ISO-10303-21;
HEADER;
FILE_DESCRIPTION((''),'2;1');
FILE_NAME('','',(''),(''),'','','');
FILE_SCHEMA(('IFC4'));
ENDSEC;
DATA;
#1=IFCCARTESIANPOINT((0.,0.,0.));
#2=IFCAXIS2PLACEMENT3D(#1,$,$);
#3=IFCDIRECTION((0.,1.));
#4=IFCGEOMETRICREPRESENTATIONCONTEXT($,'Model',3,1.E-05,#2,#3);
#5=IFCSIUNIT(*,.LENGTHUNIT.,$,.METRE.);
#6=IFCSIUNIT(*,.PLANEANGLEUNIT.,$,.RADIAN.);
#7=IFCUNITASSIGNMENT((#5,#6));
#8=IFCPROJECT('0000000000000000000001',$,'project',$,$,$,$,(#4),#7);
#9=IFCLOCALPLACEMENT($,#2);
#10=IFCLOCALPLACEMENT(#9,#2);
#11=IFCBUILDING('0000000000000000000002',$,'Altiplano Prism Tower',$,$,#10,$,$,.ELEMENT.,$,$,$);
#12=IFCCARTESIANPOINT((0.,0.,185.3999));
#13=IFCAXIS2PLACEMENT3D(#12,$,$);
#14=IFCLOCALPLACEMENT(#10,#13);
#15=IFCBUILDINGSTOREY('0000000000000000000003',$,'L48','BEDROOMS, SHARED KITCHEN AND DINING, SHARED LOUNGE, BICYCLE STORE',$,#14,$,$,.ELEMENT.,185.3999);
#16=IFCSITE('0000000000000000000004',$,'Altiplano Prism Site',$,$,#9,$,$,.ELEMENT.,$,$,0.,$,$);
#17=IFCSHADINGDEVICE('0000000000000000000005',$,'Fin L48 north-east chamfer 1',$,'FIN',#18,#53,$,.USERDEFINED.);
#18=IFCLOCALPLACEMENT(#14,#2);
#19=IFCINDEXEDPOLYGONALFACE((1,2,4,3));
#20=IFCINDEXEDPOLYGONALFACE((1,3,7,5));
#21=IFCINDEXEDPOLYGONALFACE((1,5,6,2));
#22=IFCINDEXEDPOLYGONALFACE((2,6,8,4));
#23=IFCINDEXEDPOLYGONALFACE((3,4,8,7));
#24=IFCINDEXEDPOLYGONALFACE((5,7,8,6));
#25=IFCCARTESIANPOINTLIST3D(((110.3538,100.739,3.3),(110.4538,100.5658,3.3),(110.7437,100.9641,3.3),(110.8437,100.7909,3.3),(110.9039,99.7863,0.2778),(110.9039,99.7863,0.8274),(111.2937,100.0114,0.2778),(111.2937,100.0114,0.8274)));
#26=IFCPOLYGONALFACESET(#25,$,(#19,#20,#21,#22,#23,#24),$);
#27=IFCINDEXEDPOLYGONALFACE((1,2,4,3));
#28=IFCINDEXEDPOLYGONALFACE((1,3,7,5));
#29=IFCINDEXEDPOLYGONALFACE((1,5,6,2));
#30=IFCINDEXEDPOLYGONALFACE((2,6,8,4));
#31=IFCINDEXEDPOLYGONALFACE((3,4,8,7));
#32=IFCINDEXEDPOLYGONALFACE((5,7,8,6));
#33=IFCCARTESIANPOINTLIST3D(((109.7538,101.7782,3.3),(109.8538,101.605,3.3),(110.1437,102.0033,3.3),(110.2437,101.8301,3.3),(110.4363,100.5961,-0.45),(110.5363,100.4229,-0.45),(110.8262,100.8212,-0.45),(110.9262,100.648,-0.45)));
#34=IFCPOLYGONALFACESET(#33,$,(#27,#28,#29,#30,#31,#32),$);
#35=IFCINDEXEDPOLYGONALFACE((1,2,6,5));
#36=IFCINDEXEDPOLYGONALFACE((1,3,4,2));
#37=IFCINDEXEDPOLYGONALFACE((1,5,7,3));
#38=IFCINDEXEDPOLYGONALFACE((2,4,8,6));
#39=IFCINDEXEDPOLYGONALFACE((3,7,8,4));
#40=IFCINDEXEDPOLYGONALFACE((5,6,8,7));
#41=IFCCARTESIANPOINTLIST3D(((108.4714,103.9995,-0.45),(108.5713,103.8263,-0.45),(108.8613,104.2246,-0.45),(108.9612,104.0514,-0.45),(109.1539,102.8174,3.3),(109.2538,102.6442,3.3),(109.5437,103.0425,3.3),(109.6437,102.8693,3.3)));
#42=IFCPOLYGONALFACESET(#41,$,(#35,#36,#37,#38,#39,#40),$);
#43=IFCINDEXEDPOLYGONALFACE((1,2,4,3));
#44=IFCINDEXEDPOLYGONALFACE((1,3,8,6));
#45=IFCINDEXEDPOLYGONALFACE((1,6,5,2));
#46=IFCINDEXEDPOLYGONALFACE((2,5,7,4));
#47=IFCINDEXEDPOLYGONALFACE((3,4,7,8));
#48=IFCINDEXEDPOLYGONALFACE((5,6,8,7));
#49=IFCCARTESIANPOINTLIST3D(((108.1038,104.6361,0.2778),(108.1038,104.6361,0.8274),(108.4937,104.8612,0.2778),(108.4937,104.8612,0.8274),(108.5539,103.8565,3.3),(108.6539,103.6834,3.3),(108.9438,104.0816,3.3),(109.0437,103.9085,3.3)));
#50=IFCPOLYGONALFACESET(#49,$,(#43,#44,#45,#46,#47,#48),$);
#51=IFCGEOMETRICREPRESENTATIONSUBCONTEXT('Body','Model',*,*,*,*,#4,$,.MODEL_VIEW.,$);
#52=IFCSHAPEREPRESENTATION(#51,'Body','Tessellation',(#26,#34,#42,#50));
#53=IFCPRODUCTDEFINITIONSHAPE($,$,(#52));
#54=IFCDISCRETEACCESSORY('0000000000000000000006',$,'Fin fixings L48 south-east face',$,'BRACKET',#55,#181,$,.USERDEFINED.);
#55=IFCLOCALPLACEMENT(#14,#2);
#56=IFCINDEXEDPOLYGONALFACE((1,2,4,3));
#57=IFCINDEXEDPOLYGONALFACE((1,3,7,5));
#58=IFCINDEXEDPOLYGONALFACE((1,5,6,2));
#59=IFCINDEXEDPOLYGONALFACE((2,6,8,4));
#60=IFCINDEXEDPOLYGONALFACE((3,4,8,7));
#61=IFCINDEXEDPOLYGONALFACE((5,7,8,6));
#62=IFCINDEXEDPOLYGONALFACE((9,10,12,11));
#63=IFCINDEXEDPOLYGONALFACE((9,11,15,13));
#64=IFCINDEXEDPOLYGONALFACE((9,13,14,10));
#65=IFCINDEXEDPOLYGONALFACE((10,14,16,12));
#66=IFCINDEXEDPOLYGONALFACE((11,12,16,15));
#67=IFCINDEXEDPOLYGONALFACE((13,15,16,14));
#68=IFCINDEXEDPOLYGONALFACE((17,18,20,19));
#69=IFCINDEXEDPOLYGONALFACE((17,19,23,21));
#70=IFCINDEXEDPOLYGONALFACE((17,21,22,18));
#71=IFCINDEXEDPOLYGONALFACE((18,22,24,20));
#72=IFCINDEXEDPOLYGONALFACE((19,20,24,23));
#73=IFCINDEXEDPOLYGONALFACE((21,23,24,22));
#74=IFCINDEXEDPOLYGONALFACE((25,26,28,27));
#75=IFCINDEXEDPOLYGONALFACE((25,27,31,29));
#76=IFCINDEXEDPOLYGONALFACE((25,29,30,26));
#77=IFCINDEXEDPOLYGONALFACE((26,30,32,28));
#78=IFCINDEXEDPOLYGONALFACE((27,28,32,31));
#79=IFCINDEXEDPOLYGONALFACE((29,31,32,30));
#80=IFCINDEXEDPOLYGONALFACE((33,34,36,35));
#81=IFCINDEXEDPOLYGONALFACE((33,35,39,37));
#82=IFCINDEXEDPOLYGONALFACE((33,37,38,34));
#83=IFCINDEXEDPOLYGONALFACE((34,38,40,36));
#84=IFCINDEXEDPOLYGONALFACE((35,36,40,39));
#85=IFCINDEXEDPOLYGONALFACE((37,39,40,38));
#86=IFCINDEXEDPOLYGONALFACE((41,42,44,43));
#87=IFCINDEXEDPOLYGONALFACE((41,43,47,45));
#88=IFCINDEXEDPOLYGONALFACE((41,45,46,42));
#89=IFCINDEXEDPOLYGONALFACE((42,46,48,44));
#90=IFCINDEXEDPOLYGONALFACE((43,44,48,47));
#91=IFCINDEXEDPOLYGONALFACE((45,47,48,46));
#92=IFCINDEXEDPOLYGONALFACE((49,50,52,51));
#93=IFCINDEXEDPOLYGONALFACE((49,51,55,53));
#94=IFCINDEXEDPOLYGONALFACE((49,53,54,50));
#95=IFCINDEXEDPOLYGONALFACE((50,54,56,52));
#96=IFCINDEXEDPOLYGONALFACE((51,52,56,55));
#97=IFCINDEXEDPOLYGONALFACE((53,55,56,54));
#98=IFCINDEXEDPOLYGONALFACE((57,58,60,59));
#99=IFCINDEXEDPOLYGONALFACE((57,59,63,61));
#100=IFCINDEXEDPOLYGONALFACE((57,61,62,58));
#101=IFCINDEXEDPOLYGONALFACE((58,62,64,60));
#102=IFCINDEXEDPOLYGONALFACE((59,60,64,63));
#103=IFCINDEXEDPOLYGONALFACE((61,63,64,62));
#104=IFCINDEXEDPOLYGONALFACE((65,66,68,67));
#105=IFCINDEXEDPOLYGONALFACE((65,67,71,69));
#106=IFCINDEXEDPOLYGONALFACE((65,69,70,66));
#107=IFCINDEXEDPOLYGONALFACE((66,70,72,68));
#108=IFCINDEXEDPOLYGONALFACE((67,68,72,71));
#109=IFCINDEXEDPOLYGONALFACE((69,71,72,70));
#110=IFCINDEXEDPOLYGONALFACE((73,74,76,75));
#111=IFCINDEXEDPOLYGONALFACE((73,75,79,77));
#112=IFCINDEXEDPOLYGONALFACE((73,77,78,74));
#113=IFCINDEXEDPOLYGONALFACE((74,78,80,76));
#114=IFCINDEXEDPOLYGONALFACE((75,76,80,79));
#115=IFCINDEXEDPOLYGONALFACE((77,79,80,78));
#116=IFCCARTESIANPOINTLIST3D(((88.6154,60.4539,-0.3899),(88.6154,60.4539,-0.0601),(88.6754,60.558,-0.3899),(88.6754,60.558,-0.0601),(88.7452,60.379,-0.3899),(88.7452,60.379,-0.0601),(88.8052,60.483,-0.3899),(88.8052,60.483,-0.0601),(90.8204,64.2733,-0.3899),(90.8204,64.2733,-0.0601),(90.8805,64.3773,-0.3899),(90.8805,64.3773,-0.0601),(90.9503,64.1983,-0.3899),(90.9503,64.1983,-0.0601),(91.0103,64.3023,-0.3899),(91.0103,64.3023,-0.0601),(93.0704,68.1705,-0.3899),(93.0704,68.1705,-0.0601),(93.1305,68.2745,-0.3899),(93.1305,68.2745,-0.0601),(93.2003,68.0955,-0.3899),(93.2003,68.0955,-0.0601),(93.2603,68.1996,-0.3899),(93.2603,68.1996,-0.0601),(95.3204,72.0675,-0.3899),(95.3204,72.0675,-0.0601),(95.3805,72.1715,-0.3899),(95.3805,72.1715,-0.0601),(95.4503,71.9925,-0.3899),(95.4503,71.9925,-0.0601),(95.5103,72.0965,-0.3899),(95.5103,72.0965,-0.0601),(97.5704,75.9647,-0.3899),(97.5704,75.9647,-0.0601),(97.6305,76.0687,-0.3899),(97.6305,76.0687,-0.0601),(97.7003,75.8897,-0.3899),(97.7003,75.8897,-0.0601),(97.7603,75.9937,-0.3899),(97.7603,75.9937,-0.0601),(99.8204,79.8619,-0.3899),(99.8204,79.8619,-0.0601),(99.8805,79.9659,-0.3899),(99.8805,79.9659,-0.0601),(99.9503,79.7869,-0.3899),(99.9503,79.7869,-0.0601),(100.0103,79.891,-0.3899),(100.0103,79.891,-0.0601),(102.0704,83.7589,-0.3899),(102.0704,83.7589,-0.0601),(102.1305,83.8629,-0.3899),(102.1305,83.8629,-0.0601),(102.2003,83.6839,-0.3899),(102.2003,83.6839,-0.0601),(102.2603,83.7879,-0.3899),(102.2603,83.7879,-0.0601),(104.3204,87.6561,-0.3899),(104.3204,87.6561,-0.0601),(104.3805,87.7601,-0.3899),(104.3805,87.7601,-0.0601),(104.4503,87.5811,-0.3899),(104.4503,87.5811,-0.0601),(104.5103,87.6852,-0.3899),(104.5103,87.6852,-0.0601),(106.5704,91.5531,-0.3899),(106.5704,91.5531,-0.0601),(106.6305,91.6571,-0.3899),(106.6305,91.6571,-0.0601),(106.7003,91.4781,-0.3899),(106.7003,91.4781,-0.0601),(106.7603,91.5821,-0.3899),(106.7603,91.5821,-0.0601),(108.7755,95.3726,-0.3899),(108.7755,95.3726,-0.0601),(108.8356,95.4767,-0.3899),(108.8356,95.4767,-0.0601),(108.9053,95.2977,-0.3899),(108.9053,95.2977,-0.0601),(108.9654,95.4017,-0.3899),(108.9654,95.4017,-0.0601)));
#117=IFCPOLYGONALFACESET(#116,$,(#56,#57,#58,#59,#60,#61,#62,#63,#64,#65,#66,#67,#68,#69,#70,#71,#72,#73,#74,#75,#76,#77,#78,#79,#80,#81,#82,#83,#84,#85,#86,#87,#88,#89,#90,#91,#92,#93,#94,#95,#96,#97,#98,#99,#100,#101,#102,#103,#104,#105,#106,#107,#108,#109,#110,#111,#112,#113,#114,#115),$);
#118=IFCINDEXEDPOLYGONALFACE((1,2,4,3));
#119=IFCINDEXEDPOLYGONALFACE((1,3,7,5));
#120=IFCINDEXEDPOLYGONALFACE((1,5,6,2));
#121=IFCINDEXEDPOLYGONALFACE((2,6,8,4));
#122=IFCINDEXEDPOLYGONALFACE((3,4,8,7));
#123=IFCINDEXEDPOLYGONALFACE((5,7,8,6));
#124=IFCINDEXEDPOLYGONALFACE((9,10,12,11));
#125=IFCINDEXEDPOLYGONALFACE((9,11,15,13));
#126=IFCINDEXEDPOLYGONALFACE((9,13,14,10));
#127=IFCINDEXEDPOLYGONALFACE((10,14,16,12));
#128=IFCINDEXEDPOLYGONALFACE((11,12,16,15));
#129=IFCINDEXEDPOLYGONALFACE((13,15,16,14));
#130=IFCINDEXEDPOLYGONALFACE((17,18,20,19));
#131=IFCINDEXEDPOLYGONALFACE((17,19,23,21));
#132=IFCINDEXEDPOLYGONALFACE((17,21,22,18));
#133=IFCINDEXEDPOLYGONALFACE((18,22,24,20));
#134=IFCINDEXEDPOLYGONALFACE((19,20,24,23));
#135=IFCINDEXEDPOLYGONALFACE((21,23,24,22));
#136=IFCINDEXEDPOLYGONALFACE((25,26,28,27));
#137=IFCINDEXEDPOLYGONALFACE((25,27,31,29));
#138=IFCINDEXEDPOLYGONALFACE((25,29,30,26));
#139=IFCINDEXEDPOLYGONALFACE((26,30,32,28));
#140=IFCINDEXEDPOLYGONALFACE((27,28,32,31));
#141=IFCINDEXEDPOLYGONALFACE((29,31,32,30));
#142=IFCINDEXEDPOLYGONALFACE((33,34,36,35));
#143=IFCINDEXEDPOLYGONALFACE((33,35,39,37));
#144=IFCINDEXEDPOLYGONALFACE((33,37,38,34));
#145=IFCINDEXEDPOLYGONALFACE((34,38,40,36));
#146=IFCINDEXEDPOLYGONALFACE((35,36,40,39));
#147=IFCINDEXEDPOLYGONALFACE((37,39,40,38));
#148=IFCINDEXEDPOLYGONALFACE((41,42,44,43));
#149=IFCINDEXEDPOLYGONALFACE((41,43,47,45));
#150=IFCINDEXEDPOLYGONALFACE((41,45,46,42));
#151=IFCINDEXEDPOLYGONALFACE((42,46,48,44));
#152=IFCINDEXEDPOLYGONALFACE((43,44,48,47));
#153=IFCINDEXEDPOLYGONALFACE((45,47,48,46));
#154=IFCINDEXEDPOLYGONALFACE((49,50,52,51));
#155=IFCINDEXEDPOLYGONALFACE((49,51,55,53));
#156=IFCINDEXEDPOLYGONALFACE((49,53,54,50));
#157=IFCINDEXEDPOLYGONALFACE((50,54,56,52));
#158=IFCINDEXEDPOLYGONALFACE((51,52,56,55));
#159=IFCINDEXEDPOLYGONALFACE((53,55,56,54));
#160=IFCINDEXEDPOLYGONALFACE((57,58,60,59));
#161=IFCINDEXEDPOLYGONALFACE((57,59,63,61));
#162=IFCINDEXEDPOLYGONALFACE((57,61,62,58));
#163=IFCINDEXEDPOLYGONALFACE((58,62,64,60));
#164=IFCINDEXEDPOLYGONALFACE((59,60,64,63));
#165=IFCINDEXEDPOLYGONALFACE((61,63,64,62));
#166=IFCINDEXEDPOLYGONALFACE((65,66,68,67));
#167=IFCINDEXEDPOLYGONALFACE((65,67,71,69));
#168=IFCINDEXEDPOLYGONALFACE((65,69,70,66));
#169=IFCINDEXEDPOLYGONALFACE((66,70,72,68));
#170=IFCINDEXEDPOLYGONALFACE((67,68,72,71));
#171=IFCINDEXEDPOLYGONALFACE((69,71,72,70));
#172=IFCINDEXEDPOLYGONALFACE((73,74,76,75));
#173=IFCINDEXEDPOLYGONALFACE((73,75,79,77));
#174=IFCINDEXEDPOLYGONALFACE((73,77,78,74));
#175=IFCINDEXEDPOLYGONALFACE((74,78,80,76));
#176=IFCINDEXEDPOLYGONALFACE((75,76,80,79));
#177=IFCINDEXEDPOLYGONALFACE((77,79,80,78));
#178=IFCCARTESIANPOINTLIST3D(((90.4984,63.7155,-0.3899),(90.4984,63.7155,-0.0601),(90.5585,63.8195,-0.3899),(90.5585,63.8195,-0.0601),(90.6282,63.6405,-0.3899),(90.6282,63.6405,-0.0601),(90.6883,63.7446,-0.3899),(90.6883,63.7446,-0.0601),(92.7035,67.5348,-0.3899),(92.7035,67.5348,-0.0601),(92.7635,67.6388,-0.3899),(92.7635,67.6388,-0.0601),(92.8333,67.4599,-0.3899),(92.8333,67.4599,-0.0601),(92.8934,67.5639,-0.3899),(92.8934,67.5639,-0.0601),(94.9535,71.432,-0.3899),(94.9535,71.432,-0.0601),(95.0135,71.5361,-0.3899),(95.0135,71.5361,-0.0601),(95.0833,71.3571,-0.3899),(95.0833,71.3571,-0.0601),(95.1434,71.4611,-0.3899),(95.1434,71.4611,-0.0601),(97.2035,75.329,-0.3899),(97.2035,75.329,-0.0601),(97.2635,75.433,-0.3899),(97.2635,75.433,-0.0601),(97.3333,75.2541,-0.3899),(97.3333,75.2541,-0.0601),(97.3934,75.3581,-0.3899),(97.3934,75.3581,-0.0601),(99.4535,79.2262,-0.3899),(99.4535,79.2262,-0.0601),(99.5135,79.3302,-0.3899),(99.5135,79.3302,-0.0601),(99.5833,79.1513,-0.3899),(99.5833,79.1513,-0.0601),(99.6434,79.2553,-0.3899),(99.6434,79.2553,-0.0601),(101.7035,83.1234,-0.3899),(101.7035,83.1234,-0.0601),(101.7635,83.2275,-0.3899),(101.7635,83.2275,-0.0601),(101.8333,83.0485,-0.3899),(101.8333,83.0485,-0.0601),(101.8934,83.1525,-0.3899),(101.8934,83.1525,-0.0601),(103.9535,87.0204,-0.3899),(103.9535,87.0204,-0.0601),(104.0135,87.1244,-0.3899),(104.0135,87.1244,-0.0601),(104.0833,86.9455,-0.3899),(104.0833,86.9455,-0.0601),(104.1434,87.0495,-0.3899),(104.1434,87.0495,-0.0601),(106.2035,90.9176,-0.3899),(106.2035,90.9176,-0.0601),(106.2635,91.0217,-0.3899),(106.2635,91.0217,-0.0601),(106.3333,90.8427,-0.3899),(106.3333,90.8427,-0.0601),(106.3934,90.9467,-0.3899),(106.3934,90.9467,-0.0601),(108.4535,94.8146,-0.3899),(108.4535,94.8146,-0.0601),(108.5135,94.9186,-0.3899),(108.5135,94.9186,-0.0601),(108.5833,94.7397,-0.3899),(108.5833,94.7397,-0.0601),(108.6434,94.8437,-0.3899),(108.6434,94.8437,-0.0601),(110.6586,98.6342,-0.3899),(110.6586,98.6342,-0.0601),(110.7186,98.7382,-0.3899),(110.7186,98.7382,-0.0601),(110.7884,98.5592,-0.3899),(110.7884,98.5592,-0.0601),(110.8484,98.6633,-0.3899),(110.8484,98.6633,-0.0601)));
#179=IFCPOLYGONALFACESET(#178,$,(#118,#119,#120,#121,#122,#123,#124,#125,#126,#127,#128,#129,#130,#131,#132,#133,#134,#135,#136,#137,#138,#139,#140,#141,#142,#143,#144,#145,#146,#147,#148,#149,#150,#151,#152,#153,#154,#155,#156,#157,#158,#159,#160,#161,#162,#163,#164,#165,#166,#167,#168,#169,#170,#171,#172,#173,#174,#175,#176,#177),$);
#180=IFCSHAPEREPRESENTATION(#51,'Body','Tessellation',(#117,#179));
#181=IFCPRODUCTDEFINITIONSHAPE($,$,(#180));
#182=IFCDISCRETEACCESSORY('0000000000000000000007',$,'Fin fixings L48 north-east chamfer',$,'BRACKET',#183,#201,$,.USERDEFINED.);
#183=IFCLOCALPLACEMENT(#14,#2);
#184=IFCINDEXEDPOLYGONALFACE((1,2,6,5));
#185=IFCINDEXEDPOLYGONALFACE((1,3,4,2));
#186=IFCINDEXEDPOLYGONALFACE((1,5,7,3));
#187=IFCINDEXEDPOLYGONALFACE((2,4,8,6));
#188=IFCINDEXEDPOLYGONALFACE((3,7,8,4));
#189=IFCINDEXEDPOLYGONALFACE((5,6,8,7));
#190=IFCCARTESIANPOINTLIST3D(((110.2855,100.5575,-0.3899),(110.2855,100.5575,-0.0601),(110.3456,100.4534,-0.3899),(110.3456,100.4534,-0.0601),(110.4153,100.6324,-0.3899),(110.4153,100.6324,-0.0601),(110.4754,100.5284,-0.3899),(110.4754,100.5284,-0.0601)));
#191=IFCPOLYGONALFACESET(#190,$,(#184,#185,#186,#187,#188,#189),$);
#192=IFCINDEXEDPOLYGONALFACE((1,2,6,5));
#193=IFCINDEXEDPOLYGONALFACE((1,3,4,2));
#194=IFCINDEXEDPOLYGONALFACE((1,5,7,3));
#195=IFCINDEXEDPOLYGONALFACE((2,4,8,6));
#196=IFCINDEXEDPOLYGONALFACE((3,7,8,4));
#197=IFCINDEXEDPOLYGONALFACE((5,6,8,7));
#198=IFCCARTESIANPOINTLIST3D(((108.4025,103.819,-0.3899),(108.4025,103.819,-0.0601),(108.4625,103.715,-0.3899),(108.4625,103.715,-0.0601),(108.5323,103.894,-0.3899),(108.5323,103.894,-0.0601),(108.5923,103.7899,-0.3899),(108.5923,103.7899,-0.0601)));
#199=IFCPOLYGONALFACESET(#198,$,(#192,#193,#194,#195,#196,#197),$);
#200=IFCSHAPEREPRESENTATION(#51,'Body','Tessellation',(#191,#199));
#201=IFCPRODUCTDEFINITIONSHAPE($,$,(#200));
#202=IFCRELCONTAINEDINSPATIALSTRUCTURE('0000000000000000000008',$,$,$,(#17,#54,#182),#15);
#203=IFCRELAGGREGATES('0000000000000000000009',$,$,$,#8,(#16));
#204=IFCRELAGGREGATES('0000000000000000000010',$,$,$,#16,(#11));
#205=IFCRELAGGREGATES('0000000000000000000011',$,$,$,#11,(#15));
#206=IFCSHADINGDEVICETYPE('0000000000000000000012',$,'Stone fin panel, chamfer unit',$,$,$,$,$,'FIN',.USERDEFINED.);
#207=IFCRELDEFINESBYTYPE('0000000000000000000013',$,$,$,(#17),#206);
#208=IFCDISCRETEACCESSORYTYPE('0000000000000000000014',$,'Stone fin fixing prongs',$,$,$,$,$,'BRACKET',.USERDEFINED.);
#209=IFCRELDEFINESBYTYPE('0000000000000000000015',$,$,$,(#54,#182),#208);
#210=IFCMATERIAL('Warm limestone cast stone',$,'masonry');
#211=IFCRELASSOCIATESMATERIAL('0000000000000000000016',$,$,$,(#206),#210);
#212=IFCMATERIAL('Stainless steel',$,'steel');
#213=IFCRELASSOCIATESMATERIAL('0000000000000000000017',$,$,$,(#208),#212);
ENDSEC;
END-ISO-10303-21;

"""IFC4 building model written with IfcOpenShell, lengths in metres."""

from ifc_helpers import new_model, si_unit, direction, frame, origin, place, context, subcontext, project, spatial, polyline, outline, extrude, source, transform, mapped, material, type_object, element, save


model = new_model("IFC4")

# Units and contexts
model_context = context("Model", 3, precision=1e-05, world=origin(), true_north=direction((0.0, 1.0)))
body_context = subcontext(model_context, "Body", "Model", "MODEL_VIEW")
ifc_project = project(units=[si_unit("LENGTHUNIT", "METRE"), si_unit("PLANEANGLEUNIT", "RADIAN")], contexts=[model_context])

# Site, building, storey
site_placement = place(None, origin())
site = spatial("IfcSite", under=ifc_project, at=site_placement, Name="Altiplano Prism Site", CompositionType="ELEMENT", RefElevation=0.0)
building_placement = place(site_placement, origin())
building = spatial("IfcBuilding", under=site, at=building_placement, Name="Altiplano Prism Tower", CompositionType="ELEMENT")
storey_placement = place(building_placement, frame((0.0, 0.0, 185.3999)))
storey = spatial("IfcBuildingStorey", under=building, at=storey_placement, Name="L48", Description="BEDROOMS, SHARED KITCHEN AND DINING, SHARED LOUNGE, BICYCLE STORE", CompositionType="ELEMENT", Elevation=185.3999)

# Shading device
ifc_material_1 = material(Name="Warm limestone cast stone", Category="masonry")
shading_device_type_1 = type_object("IfcShadingDeviceType", Name="Stone fin panel, chamfer unit", ElementType="FIN", PredefinedType="USERDEFINED", material=ifc_material_1)
shared_shape_1 = source(origin(), body_context, "Body", "SweptSolid", [
    extrude(outline(polyline([(-2.8, 0.7278), (-1.7, 3.75), (-1.8999, 3.75), (-2.8, 1.2773), (-2.8, 0.7278)])), frame((0.0, -0.1499, 0.0), z_axis=(0.0, -1.0, 0.0), x_axis=(1.0, 0.0, 0.0)), (0.0, 0.0, 1.0), 0.4502),
    extrude(outline(polyline([(-2.0649, 0.0), (-1.865, 0.0), (-0.5, 3.75), (-0.7, 3.75), (-2.0649, 0.0)])), frame((0.0, -0.1499, 0.0), z_axis=(0.0, -1.0, 0.0), x_axis=(1.0, 0.0, 0.0)), (0.0, 0.0, 1.0), 0.4502),
    extrude(outline(polyline([(1.865, 0.0), (2.0649, 0.0), (0.7, 3.75), (0.5, 3.75), (1.865, 0.0)])), frame((0.0, -0.1499, 0.0), z_axis=(0.0, -1.0, 0.0), x_axis=(1.0, 0.0, 0.0)), (0.0, 0.0, 1.0), 0.4502),
    extrude(outline(polyline([(2.8, 1.2773), (1.8999, 3.75), (1.7, 3.75), (2.8, 0.7278), (2.8, 1.2773)])), frame((0.0, -0.1499, 0.0), z_axis=(0.0, -1.0, 0.0), x_axis=(1.0, 0.0, 0.0)), (0.0, 0.0, 1.0), 0.4502),
])
shading_device_1_placement = place(storey_placement, origin())
element("IfcShadingDevice", 1, at=shading_device_1_placement, inside=storey, type_object=shading_device_type_1, Name="Fin L48 north-east chamfer 1", ObjectType="FIN", PredefinedType="USERDEFINED", context=body_context, shape_type="MappedRepresentation", body=[
    mapped(shared_shape_1, transform((109.374, 102.1362, -0.45), x_axis=(-0.5, 0.866025, 0.0), y_axis=(-0.866025, -0.5, 0.0), z_axis=(0.0, 0.0, 1.0))),
])

# Discrete accessories
ifc_material_2 = material(Name="Stainless steel", Category="steel")
discrete_accessory_type = type_object("IfcDiscreteAccessoryType", Name="Stone fin fixing prongs", ElementType="BRACKET", PredefinedType="USERDEFINED", material=ifc_material_2)
shared_shape_2 = source(origin(), body_context, "Body", "SweptSolid", [
    extrude(outline(polyline([(-1.9431, 0.0601), (-1.823, 0.0601), (-1.823, 0.3899), (-1.9431, 0.3899), (-1.9431, 0.0601)])), frame((0.0, 0.0, 0.0), z_axis=(0.0, -1.0, 0.0), x_axis=(1.0, 0.0, 0.0)), (0.0, 0.0, 1.0), 0.1499),
    extrude(outline(polyline([(1.823, 0.0601), (1.9431, 0.0601), (1.9431, 0.3899), (1.823, 0.3899), (1.823, 0.0601)])), frame((0.0, 0.0, 0.0), z_axis=(0.0, -1.0, 0.0), x_axis=(1.0, 0.0, 0.0)), (0.0, 0.0, 1.0), 0.1499),
])
shared_shape_3 = source(origin(), body_context, "Body", "SweptSolid", [
    extrude(outline(polyline([(-1.9431, 0.0601), (-1.823, 0.0601), (-1.823, 0.3899), (-1.9431, 0.3899), (-1.9431, 0.0601)])), frame((0.0, 0.0, 0.0), z_axis=(0.0, -1.0, 0.0), x_axis=(1.0, 0.0, 0.0)), (0.0, 0.0, 1.0), 0.1499),
    extrude(outline(polyline([(1.823, 0.0601), (1.9431, 0.0601), (1.9431, 0.3899), (1.823, 0.3899), (1.823, 0.0601)])), frame((0.0, 0.0, 0.0), z_axis=(0.0, -1.0, 0.0), x_axis=(1.0, 0.0, 0.0)), (0.0, 0.0, 1.0), 0.1499),
])
discrete_accessory_1_placement = place(storey_placement, origin())
element("IfcDiscreteAccessory", 2, at=discrete_accessory_1_placement, inside=storey, type_object=discrete_accessory_type, Name="Fin fixings L48 south-east face", ObjectType="BRACKET", PredefinedType="USERDEFINED", context=body_context, shape_type="MappedRepresentation", body=[
    mapped(shared_shape_2, transform((89.5869, 62.1367, -0.45), x_axis=(0.5, 0.866025, 0.0), y_axis=(-0.866025, 0.5, 0.0), z_axis=(0.0, 0.0, 1.0))),
    mapped(shared_shape_3, transform((91.792, 65.9561, -0.45), x_axis=(0.5, 0.866025, 0.0), y_axis=(-0.866025, 0.5, 0.0), z_axis=(0.0, 0.0, 1.0))),
    mapped(shared_shape_3, transform((94.042, 69.8533, -0.45), x_axis=(0.5, 0.866025, 0.0), y_axis=(-0.866025, 0.5, 0.0), z_axis=(0.0, 0.0, 1.0))),
    mapped(shared_shape_3, transform((96.292, 73.7502, -0.45), x_axis=(0.5, 0.866025, 0.0), y_axis=(-0.866025, 0.5, 0.0), z_axis=(0.0, 0.0, 1.0))),
    mapped(shared_shape_3, transform((98.542, 77.6475, -0.45), x_axis=(0.5, 0.866025, 0.0), y_axis=(-0.866025, 0.5, 0.0), z_axis=(0.0, 0.0, 1.0))),
    mapped(shared_shape_3, transform((100.792, 81.5447, -0.45), x_axis=(0.5, 0.866025, 0.0), y_axis=(-0.866025, 0.5, 0.0), z_axis=(0.0, 0.0, 1.0))),
    mapped(shared_shape_3, transform((103.042, 85.4417, -0.45), x_axis=(0.5, 0.866025, 0.0), y_axis=(-0.866025, 0.5, 0.0), z_axis=(0.0, 0.0, 1.0))),
    mapped(shared_shape_3, transform((105.292, 89.3389, -0.45), x_axis=(0.5, 0.866025, 0.0), y_axis=(-0.866025, 0.5, 0.0), z_axis=(0.0, 0.0, 1.0))),
    mapped(shared_shape_3, transform((107.542, 93.2358, -0.45), x_axis=(0.5, 0.866025, 0.0), y_axis=(-0.866025, 0.5, 0.0), z_axis=(0.0, 0.0, 1.0))),
    mapped(shared_shape_2, transform((109.7471, 97.0554, -0.45), x_axis=(0.5, 0.866025, 0.0), y_axis=(-0.866025, 0.5, 0.0), z_axis=(0.0, 0.0, 1.0))),
])
shared_shape_4 = source(origin(), body_context, "Body", "SweptSolid", [
    extrude(outline(polyline([(-1.9431, 0.0601), (-1.823, 0.0601), (-1.823, 0.3899), (-1.9431, 0.3899), (-1.9431, 0.0601)])), frame((0.0, 0.0, 0.0), z_axis=(0.0, -1.0, 0.0), x_axis=(1.0, 0.0, 0.0)), (0.0, 0.0, 1.0), 0.1499),
    extrude(outline(polyline([(1.823, 0.0601), (1.9431, 0.0601), (1.9431, 0.3899), (1.823, 0.3899), (1.823, 0.0601)])), frame((0.0, 0.0, 0.0), z_axis=(0.0, -1.0, 0.0), x_axis=(1.0, 0.0, 0.0)), (0.0, 0.0, 1.0), 0.1499),
])
discrete_accessory_2_placement = place(storey_placement, origin())
element("IfcDiscreteAccessory", 3, at=discrete_accessory_2_placement, inside=storey, type_object=discrete_accessory_type, Name="Fin fixings L48 north-east chamfer", ObjectType="BRACKET", PredefinedType="USERDEFINED", context=body_context, shape_type="MappedRepresentation", body=[
    mapped(shared_shape_4, transform((109.374, 102.1362, -0.45), x_axis=(-0.5, 0.866025, 0.0), y_axis=(-0.866025, -0.5, 0.0), z_axis=(0.0, 0.0, 1.0))),
])

save(model, "model.ifc")
